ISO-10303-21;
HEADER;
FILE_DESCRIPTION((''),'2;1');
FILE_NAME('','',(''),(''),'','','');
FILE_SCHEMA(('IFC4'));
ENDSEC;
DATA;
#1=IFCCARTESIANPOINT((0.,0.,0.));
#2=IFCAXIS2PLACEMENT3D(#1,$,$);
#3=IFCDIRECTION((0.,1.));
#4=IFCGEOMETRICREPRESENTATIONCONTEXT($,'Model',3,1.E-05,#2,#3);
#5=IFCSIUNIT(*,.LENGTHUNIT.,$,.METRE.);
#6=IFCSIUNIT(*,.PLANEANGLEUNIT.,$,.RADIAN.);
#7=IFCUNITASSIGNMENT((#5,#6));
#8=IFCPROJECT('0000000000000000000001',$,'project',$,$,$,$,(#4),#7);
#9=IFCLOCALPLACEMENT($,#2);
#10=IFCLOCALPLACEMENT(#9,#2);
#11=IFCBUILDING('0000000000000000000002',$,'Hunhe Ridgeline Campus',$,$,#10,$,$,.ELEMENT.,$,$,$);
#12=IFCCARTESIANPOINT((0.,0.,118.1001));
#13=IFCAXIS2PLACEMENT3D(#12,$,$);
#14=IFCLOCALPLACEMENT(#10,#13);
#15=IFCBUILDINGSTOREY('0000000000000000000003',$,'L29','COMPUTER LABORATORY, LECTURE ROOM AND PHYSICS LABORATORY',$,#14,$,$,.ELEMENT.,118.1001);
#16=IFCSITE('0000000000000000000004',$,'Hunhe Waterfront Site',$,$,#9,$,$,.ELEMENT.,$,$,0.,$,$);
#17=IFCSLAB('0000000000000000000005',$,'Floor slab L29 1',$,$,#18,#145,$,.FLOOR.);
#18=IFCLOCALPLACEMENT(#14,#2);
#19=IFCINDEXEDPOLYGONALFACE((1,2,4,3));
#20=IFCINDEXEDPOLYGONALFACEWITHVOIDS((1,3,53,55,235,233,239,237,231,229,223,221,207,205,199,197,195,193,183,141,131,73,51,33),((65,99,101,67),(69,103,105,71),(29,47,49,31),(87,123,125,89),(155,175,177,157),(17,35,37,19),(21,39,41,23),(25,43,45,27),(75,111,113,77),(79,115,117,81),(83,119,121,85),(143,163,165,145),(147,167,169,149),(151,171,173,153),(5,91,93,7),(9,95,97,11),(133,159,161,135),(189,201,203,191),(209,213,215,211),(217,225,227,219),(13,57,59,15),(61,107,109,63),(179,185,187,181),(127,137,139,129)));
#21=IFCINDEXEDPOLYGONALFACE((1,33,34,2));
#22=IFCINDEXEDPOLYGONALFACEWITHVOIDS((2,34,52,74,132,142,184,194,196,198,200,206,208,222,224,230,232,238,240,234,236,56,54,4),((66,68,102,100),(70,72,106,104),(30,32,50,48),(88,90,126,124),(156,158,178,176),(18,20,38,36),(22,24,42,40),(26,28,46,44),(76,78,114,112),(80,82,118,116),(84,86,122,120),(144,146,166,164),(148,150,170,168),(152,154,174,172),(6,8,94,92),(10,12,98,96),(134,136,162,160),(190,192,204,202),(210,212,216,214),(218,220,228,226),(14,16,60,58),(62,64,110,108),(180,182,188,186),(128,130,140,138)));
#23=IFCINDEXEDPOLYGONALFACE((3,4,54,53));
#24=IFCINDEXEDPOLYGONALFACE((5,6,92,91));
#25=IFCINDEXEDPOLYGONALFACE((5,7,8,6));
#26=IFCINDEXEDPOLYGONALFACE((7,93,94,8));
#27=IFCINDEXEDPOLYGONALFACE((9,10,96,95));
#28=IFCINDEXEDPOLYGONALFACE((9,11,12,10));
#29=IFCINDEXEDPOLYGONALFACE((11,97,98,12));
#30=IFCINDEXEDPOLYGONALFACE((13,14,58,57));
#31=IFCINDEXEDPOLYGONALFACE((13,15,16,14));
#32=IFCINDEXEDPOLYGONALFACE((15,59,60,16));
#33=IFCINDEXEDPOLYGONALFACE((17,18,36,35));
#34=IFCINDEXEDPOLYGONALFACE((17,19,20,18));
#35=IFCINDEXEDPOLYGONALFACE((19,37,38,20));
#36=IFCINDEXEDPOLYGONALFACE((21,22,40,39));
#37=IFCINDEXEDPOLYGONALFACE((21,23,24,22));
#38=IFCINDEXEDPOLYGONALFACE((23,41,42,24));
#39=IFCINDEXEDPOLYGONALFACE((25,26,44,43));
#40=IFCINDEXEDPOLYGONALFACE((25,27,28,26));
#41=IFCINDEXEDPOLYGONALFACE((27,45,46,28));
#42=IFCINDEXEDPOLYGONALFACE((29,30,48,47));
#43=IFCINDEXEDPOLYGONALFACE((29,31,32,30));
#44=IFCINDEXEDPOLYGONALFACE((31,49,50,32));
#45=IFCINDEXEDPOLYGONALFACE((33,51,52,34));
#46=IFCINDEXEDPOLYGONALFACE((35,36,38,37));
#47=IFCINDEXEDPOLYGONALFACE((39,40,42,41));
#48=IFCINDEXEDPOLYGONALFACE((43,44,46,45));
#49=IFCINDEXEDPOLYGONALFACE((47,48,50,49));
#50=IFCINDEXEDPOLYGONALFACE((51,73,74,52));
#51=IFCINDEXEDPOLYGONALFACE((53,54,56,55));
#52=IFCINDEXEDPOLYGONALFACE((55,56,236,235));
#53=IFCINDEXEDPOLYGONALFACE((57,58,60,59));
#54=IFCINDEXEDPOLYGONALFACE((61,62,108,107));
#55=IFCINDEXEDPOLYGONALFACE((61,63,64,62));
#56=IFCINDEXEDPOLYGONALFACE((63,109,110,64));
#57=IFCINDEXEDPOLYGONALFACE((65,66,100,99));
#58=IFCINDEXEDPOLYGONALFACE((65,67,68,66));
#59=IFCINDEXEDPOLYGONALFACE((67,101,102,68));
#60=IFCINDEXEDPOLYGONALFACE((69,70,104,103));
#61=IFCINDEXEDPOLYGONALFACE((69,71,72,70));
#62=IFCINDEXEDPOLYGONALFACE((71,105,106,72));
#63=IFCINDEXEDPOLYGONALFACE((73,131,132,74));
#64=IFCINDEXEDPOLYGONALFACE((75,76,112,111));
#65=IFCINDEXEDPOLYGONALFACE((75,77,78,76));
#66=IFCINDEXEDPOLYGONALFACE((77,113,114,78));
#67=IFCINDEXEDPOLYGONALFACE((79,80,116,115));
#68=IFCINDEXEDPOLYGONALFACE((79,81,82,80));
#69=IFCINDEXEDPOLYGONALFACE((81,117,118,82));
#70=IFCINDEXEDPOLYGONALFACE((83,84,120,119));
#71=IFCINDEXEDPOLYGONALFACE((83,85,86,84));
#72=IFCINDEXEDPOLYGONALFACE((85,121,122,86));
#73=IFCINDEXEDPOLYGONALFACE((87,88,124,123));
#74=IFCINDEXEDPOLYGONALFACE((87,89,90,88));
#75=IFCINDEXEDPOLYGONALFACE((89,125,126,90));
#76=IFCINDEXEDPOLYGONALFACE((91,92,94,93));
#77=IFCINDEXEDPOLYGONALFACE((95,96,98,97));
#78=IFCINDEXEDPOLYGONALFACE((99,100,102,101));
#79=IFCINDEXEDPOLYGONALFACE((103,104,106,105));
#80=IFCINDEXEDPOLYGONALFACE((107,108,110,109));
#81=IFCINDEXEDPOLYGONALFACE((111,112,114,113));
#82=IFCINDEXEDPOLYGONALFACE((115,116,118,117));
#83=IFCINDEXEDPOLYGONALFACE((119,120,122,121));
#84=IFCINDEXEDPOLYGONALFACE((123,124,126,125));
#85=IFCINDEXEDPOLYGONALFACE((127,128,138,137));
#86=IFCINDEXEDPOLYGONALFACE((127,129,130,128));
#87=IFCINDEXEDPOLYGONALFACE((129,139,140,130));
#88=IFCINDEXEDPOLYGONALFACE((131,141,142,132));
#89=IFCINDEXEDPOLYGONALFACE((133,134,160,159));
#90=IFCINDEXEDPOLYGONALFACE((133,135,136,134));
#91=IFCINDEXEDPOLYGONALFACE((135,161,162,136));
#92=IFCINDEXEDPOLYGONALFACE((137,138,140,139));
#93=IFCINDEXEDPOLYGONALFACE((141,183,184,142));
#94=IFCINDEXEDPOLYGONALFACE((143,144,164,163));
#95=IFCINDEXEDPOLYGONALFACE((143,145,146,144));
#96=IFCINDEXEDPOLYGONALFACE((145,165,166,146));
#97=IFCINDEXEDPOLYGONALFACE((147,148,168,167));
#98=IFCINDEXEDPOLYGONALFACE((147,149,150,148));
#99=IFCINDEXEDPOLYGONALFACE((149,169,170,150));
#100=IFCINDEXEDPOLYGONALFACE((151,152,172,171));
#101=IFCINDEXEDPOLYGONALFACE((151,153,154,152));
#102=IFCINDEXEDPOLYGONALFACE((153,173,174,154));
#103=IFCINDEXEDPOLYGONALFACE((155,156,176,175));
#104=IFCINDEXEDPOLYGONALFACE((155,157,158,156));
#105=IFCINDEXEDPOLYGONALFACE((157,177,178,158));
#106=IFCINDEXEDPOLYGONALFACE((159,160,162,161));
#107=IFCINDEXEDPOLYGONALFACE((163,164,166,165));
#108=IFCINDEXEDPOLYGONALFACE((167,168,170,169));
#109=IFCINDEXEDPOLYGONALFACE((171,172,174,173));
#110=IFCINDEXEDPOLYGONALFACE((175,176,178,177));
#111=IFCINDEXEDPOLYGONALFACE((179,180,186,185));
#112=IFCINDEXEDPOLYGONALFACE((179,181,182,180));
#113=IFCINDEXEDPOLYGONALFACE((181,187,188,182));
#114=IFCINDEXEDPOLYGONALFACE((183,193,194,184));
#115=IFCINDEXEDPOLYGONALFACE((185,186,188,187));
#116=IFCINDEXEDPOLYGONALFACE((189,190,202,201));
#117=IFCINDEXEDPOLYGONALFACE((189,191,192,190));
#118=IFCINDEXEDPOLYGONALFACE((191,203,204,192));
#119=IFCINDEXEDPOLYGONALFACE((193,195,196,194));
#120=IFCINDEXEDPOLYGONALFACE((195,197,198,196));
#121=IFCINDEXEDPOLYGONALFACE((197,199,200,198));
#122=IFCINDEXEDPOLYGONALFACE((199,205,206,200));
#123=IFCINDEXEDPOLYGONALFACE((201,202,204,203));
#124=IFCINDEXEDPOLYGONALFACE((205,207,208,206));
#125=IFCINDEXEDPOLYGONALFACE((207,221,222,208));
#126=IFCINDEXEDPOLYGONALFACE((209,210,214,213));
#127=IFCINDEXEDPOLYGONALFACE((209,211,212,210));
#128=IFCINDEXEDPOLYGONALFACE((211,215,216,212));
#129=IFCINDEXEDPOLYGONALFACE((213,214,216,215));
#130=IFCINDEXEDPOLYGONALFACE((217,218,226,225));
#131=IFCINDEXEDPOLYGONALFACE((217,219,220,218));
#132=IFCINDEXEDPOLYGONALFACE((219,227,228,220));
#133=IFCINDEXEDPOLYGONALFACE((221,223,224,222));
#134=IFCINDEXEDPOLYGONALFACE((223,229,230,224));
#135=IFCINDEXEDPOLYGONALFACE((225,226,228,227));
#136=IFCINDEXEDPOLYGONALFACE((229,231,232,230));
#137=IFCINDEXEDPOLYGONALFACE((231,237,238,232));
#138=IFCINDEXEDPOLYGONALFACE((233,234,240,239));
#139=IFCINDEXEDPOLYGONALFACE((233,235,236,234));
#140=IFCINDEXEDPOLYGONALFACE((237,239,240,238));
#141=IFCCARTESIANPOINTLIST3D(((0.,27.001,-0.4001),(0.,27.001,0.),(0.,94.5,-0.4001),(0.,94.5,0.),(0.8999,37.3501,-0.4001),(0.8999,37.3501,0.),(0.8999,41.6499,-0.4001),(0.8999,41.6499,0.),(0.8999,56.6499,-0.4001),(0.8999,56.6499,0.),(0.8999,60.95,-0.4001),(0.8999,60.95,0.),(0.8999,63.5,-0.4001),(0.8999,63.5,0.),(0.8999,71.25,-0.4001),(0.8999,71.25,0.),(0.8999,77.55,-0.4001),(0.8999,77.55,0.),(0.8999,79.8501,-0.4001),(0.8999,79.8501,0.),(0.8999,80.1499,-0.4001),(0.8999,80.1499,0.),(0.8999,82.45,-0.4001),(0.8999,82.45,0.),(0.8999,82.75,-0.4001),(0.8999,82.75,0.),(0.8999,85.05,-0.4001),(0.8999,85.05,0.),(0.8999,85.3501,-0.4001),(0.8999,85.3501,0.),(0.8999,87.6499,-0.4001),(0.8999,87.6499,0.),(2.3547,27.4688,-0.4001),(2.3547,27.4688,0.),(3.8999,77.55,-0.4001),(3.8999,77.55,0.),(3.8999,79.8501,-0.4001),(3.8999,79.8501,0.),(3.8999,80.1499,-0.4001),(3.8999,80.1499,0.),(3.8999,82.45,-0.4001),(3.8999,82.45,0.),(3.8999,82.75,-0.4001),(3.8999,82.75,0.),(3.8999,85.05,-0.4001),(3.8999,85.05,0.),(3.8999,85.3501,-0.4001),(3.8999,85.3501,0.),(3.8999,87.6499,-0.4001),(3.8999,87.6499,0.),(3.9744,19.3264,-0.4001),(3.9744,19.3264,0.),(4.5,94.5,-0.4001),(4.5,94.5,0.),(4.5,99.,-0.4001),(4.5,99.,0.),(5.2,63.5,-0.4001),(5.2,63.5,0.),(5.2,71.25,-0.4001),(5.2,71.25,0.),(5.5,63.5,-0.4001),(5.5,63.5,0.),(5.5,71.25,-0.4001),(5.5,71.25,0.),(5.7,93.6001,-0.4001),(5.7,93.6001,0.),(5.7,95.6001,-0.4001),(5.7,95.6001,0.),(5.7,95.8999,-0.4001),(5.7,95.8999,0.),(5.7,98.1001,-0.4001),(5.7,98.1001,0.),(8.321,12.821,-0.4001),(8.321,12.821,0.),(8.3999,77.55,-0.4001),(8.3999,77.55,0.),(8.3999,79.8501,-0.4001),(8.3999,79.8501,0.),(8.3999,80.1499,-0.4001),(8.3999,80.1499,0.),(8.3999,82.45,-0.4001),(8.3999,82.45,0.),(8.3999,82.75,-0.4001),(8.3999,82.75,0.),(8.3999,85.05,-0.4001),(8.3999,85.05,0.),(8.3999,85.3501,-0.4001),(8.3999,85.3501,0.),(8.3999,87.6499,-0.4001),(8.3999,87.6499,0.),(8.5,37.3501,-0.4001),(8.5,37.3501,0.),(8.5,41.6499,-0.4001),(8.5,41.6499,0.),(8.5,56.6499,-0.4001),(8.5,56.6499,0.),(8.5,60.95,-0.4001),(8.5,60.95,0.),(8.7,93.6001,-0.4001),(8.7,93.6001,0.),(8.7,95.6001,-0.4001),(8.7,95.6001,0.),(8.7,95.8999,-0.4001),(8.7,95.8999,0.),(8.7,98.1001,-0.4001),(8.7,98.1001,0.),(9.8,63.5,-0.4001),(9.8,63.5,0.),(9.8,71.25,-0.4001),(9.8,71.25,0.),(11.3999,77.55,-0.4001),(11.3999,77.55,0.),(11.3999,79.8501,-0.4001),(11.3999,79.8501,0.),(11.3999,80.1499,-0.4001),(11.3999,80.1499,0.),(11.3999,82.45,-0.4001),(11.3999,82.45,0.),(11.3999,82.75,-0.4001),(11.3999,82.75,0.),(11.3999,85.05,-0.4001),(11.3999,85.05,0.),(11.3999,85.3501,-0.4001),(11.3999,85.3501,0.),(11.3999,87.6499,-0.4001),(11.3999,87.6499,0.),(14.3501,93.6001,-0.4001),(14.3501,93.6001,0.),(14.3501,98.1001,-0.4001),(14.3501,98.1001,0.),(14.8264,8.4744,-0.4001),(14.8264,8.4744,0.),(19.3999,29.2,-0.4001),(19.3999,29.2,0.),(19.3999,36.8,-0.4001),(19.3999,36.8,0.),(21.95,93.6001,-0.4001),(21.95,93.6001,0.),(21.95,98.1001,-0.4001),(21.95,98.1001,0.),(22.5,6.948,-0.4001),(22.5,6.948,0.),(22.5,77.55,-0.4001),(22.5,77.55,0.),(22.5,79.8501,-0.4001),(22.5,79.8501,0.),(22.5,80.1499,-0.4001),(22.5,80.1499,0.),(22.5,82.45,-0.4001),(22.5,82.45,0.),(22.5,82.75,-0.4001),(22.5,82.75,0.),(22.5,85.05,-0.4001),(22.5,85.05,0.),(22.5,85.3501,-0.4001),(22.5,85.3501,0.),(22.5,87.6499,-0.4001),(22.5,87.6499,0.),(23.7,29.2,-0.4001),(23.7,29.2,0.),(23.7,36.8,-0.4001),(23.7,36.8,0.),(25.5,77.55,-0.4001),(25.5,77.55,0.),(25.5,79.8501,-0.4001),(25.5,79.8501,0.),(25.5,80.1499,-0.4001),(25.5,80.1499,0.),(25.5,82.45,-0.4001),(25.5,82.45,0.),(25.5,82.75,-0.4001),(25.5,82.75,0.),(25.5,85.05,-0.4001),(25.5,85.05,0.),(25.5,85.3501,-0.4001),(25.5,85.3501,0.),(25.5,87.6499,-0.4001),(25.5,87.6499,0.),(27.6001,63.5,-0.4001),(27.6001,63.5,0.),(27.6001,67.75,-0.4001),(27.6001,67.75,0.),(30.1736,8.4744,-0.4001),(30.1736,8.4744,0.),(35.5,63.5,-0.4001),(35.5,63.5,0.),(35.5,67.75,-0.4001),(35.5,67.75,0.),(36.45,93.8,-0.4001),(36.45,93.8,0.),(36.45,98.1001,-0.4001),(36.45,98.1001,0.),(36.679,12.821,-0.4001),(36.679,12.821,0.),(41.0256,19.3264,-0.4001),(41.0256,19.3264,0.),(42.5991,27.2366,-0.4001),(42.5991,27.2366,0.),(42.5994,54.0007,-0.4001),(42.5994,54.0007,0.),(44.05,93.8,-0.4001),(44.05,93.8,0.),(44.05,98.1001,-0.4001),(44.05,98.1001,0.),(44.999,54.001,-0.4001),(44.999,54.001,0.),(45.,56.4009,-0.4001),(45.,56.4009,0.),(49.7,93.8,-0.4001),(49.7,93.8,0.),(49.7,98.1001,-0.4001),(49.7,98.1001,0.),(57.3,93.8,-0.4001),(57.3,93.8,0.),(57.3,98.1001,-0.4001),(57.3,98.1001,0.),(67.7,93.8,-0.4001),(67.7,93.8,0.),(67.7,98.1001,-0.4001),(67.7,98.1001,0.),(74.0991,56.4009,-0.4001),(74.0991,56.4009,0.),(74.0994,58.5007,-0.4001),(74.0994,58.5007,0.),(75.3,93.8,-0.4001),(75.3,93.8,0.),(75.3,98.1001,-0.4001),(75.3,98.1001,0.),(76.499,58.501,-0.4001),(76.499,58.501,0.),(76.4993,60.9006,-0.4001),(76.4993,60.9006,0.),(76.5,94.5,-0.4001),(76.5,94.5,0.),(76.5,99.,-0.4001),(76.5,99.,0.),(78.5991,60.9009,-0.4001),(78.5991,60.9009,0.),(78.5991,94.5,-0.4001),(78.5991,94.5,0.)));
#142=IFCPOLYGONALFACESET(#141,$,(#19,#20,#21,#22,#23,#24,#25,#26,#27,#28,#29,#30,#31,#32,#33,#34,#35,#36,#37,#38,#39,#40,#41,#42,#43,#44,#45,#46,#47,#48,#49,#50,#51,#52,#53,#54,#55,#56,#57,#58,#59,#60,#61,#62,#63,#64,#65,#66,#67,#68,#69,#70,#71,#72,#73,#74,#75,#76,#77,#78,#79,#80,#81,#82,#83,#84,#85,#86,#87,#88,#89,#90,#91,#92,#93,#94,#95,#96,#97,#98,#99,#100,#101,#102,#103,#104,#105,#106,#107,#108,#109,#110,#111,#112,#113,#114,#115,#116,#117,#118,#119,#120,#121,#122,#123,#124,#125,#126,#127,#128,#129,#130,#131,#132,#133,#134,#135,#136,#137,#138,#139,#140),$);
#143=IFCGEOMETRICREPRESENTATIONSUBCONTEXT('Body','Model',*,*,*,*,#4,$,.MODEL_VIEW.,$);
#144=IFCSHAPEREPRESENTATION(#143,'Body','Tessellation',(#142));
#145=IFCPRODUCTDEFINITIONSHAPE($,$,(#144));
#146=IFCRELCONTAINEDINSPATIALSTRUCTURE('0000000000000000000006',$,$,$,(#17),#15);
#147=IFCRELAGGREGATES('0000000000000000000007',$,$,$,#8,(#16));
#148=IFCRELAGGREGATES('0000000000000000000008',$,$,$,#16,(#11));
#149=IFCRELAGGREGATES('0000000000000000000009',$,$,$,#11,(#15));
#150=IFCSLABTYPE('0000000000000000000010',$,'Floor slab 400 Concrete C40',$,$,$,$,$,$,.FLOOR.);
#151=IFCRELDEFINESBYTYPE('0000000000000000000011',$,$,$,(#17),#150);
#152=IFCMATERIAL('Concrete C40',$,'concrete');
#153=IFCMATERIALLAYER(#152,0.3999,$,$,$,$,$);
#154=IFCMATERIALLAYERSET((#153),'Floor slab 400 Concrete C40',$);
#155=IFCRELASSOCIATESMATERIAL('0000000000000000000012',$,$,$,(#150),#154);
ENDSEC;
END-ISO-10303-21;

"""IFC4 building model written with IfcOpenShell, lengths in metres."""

from ifc_helpers import new_model, si_unit, direction, frame, origin, place, context, subcontext, project, spatial, polyline, outline, extrude, material, layer, layer_set, type_object, element, save


model = new_model("IFC4")

# Units and contexts
model_context = context("Model", 3, precision=1e-05, world=origin(), true_north=direction((0.0, 1.0)))
body_context = subcontext(model_context, "Body", "Model", "MODEL_VIEW")
ifc_project = project(units=[si_unit("LENGTHUNIT", "METRE"), si_unit("PLANEANGLEUNIT", "RADIAN")], contexts=[model_context])

# Site, building, storey
site_placement = place(None, origin())
site = spatial("IfcSite", under=ifc_project, at=site_placement, Name="Hunhe Waterfront Site", CompositionType="ELEMENT", RefElevation=0.0)
building_placement = place(site_placement, origin())
building = spatial("IfcBuilding", under=site, at=building_placement, Name="Hunhe Ridgeline Campus", CompositionType="ELEMENT")
storey_placement = place(building_placement, frame((0.0, 0.0, 118.1001)))
storey = spatial("IfcBuildingStorey", under=building, at=storey_placement, Name="L29", Description="COMPUTER LABORATORY, LECTURE ROOM AND PHYSICS LABORATORY", CompositionType="ELEMENT", Elevation=118.1001)

# Slab
ifc_material_1 = material(Name="Concrete C40", Category="concrete")
ifc_layer_1 = layer(ifc_material_1, 0.3999)
ifc_layer_set_1 = layer_set([ifc_layer_1], Name="Floor slab 400 Concrete C40")
slab_type_1 = type_object("IfcSlabType", Name="Floor slab 400 Concrete C40", PredefinedType="FLOOR", material=ifc_layer_set_1)
slab_1_placement = place(storey_placement, frame((0.0, 0.0, -0.4001)))
element("IfcSlab", 1, at=slab_1_placement, inside=storey, type_object=slab_type_1, Name="Floor slab L29 1", PredefinedType="FLOOR", context=body_context, shape_type="SweptSolid", body=[
    extrude(outline(polyline([(0.0, 27.001), (2.3547, 27.4688), (3.9744, 19.3264), (8.321, 12.821), (14.8264, 8.4744), (22.5, 6.948), (30.1736, 8.4744), (36.679, 12.821), (41.0256, 19.3264), (42.5991, 27.2366), (42.5994, 54.0007), (44.999, 54.001), (45.0, 56.4009), (74.0991, 56.4009), (74.0994, 58.5007), (76.499, 58.501), (76.4993, 60.9006), (78.5991, 60.9009), (78.5991, 94.5), (76.5, 94.5), (76.5, 99.0), (4.5, 99.0), (4.5, 94.5), (0.0, 94.5), (0.0, 27.001)]), holes=[polyline([(67.7, 93.8), (75.3, 93.8), (75.3, 98.1001), (67.7, 98.1001), (67.7, 93.8)]), polyline([(57.3, 93.8), (57.3, 98.1001), (49.7, 98.1001), (49.7, 93.8), (57.3, 93.8)]), polyline([(44.05, 98.1001), (36.45, 98.1001), (36.45, 93.8), (44.05, 93.8), (44.05, 98.1001)]), polyline([(27.6001, 67.75), (27.6001, 63.5), (35.5, 63.5), (35.5, 67.75), (27.6001, 67.75)]), polyline([(25.5, 85.3501), (25.5, 87.6499), (22.5, 87.6499), (22.5, 85.3501), (25.5, 85.3501)]), polyline([(25.5, 85.05), (22.5, 85.05), (22.5, 82.75), (25.5, 82.75), (25.5, 85.05)]), polyline([(22.5, 82.45), (22.5, 80.1499), (25.5, 80.1499), (25.5, 82.45), (22.5, 82.45)]), polyline([(22.5, 77.55), (25.5, 77.55), (25.5, 79.8501), (22.5, 79.8501), (22.5, 77.55)]), polyline([(19.3999, 29.2), (23.7, 29.2), (23.7, 36.8), (19.3999, 36.8), (19.3999, 29.2)]), polyline([(21.95, 98.1001), (14.3501, 98.1001), (14.3501, 93.6001), (21.95, 93.6001), (21.95, 98.1001)]), polyline([(8.3999, 82.45), (8.3999, 80.1499), (11.3999, 80.1499), (11.3999, 82.45), (8.3999, 82.45)]), polyline([(11.3999, 85.3501), (11.3999, 87.6499), (8.3999, 87.6499), (8.3999, 85.3501), (11.3999, 85.3501)]), polyline([(11.3999, 85.05), (8.3999, 85.05), (8.3999, 82.75), (11.3999, 82.75), (11.3999, 85.05)]), polyline([(8.3999, 77.55), (11.3999, 77.55), (11.3999, 79.8501), (8.3999, 79.8501), (8.3999, 77.55)]), polyline([(5.5, 63.5), (9.8, 63.5), (9.8, 71.25), (5.5, 71.25), (5.5, 63.5)]), polyline([(5.7, 98.1001), (5.7, 95.8999), (8.7, 95.8999), (8.7, 98.1001), (5.7, 98.1001)]), polyline([(5.7, 93.6001), (8.7, 93.6001), (8.7, 95.6001), (5.7, 95.6001), (5.7, 93.6001)]), polyline([(0.8999, 60.95), (0.8999, 56.6499), (8.5, 56.6499), (8.5, 60.95), (0.8999, 60.95)]), polyline([(0.8999, 37.3501), (8.5, 37.3501), (8.5, 41.6499), (0.8999, 41.6499), (0.8999, 37.3501)]), polyline([(5.2, 63.5), (5.2, 71.25), (0.8999, 71.25), (0.8999, 63.5), (5.2, 63.5)]), polyline([(3.8999, 85.3501), (3.8999, 87.6499), (0.8999, 87.6499), (0.8999, 85.3501), (3.8999, 85.3501)]), polyline([(3.8999, 85.05), (0.8999, 85.05), (0.8999, 82.75), (3.8999, 82.75), (3.8999, 85.05)]), polyline([(0.8999, 82.45), (0.8999, 80.1499), (3.8999, 80.1499), (3.8999, 82.45), (0.8999, 82.45)]), polyline([(0.8999, 77.55), (3.8999, 77.55), (3.8999, 79.8501), (0.8999, 79.8501), (0.8999, 77.55)])]), origin(), (0.0, 0.0, 1.0), 0.4001),
])

save(model, "model.ifc")
